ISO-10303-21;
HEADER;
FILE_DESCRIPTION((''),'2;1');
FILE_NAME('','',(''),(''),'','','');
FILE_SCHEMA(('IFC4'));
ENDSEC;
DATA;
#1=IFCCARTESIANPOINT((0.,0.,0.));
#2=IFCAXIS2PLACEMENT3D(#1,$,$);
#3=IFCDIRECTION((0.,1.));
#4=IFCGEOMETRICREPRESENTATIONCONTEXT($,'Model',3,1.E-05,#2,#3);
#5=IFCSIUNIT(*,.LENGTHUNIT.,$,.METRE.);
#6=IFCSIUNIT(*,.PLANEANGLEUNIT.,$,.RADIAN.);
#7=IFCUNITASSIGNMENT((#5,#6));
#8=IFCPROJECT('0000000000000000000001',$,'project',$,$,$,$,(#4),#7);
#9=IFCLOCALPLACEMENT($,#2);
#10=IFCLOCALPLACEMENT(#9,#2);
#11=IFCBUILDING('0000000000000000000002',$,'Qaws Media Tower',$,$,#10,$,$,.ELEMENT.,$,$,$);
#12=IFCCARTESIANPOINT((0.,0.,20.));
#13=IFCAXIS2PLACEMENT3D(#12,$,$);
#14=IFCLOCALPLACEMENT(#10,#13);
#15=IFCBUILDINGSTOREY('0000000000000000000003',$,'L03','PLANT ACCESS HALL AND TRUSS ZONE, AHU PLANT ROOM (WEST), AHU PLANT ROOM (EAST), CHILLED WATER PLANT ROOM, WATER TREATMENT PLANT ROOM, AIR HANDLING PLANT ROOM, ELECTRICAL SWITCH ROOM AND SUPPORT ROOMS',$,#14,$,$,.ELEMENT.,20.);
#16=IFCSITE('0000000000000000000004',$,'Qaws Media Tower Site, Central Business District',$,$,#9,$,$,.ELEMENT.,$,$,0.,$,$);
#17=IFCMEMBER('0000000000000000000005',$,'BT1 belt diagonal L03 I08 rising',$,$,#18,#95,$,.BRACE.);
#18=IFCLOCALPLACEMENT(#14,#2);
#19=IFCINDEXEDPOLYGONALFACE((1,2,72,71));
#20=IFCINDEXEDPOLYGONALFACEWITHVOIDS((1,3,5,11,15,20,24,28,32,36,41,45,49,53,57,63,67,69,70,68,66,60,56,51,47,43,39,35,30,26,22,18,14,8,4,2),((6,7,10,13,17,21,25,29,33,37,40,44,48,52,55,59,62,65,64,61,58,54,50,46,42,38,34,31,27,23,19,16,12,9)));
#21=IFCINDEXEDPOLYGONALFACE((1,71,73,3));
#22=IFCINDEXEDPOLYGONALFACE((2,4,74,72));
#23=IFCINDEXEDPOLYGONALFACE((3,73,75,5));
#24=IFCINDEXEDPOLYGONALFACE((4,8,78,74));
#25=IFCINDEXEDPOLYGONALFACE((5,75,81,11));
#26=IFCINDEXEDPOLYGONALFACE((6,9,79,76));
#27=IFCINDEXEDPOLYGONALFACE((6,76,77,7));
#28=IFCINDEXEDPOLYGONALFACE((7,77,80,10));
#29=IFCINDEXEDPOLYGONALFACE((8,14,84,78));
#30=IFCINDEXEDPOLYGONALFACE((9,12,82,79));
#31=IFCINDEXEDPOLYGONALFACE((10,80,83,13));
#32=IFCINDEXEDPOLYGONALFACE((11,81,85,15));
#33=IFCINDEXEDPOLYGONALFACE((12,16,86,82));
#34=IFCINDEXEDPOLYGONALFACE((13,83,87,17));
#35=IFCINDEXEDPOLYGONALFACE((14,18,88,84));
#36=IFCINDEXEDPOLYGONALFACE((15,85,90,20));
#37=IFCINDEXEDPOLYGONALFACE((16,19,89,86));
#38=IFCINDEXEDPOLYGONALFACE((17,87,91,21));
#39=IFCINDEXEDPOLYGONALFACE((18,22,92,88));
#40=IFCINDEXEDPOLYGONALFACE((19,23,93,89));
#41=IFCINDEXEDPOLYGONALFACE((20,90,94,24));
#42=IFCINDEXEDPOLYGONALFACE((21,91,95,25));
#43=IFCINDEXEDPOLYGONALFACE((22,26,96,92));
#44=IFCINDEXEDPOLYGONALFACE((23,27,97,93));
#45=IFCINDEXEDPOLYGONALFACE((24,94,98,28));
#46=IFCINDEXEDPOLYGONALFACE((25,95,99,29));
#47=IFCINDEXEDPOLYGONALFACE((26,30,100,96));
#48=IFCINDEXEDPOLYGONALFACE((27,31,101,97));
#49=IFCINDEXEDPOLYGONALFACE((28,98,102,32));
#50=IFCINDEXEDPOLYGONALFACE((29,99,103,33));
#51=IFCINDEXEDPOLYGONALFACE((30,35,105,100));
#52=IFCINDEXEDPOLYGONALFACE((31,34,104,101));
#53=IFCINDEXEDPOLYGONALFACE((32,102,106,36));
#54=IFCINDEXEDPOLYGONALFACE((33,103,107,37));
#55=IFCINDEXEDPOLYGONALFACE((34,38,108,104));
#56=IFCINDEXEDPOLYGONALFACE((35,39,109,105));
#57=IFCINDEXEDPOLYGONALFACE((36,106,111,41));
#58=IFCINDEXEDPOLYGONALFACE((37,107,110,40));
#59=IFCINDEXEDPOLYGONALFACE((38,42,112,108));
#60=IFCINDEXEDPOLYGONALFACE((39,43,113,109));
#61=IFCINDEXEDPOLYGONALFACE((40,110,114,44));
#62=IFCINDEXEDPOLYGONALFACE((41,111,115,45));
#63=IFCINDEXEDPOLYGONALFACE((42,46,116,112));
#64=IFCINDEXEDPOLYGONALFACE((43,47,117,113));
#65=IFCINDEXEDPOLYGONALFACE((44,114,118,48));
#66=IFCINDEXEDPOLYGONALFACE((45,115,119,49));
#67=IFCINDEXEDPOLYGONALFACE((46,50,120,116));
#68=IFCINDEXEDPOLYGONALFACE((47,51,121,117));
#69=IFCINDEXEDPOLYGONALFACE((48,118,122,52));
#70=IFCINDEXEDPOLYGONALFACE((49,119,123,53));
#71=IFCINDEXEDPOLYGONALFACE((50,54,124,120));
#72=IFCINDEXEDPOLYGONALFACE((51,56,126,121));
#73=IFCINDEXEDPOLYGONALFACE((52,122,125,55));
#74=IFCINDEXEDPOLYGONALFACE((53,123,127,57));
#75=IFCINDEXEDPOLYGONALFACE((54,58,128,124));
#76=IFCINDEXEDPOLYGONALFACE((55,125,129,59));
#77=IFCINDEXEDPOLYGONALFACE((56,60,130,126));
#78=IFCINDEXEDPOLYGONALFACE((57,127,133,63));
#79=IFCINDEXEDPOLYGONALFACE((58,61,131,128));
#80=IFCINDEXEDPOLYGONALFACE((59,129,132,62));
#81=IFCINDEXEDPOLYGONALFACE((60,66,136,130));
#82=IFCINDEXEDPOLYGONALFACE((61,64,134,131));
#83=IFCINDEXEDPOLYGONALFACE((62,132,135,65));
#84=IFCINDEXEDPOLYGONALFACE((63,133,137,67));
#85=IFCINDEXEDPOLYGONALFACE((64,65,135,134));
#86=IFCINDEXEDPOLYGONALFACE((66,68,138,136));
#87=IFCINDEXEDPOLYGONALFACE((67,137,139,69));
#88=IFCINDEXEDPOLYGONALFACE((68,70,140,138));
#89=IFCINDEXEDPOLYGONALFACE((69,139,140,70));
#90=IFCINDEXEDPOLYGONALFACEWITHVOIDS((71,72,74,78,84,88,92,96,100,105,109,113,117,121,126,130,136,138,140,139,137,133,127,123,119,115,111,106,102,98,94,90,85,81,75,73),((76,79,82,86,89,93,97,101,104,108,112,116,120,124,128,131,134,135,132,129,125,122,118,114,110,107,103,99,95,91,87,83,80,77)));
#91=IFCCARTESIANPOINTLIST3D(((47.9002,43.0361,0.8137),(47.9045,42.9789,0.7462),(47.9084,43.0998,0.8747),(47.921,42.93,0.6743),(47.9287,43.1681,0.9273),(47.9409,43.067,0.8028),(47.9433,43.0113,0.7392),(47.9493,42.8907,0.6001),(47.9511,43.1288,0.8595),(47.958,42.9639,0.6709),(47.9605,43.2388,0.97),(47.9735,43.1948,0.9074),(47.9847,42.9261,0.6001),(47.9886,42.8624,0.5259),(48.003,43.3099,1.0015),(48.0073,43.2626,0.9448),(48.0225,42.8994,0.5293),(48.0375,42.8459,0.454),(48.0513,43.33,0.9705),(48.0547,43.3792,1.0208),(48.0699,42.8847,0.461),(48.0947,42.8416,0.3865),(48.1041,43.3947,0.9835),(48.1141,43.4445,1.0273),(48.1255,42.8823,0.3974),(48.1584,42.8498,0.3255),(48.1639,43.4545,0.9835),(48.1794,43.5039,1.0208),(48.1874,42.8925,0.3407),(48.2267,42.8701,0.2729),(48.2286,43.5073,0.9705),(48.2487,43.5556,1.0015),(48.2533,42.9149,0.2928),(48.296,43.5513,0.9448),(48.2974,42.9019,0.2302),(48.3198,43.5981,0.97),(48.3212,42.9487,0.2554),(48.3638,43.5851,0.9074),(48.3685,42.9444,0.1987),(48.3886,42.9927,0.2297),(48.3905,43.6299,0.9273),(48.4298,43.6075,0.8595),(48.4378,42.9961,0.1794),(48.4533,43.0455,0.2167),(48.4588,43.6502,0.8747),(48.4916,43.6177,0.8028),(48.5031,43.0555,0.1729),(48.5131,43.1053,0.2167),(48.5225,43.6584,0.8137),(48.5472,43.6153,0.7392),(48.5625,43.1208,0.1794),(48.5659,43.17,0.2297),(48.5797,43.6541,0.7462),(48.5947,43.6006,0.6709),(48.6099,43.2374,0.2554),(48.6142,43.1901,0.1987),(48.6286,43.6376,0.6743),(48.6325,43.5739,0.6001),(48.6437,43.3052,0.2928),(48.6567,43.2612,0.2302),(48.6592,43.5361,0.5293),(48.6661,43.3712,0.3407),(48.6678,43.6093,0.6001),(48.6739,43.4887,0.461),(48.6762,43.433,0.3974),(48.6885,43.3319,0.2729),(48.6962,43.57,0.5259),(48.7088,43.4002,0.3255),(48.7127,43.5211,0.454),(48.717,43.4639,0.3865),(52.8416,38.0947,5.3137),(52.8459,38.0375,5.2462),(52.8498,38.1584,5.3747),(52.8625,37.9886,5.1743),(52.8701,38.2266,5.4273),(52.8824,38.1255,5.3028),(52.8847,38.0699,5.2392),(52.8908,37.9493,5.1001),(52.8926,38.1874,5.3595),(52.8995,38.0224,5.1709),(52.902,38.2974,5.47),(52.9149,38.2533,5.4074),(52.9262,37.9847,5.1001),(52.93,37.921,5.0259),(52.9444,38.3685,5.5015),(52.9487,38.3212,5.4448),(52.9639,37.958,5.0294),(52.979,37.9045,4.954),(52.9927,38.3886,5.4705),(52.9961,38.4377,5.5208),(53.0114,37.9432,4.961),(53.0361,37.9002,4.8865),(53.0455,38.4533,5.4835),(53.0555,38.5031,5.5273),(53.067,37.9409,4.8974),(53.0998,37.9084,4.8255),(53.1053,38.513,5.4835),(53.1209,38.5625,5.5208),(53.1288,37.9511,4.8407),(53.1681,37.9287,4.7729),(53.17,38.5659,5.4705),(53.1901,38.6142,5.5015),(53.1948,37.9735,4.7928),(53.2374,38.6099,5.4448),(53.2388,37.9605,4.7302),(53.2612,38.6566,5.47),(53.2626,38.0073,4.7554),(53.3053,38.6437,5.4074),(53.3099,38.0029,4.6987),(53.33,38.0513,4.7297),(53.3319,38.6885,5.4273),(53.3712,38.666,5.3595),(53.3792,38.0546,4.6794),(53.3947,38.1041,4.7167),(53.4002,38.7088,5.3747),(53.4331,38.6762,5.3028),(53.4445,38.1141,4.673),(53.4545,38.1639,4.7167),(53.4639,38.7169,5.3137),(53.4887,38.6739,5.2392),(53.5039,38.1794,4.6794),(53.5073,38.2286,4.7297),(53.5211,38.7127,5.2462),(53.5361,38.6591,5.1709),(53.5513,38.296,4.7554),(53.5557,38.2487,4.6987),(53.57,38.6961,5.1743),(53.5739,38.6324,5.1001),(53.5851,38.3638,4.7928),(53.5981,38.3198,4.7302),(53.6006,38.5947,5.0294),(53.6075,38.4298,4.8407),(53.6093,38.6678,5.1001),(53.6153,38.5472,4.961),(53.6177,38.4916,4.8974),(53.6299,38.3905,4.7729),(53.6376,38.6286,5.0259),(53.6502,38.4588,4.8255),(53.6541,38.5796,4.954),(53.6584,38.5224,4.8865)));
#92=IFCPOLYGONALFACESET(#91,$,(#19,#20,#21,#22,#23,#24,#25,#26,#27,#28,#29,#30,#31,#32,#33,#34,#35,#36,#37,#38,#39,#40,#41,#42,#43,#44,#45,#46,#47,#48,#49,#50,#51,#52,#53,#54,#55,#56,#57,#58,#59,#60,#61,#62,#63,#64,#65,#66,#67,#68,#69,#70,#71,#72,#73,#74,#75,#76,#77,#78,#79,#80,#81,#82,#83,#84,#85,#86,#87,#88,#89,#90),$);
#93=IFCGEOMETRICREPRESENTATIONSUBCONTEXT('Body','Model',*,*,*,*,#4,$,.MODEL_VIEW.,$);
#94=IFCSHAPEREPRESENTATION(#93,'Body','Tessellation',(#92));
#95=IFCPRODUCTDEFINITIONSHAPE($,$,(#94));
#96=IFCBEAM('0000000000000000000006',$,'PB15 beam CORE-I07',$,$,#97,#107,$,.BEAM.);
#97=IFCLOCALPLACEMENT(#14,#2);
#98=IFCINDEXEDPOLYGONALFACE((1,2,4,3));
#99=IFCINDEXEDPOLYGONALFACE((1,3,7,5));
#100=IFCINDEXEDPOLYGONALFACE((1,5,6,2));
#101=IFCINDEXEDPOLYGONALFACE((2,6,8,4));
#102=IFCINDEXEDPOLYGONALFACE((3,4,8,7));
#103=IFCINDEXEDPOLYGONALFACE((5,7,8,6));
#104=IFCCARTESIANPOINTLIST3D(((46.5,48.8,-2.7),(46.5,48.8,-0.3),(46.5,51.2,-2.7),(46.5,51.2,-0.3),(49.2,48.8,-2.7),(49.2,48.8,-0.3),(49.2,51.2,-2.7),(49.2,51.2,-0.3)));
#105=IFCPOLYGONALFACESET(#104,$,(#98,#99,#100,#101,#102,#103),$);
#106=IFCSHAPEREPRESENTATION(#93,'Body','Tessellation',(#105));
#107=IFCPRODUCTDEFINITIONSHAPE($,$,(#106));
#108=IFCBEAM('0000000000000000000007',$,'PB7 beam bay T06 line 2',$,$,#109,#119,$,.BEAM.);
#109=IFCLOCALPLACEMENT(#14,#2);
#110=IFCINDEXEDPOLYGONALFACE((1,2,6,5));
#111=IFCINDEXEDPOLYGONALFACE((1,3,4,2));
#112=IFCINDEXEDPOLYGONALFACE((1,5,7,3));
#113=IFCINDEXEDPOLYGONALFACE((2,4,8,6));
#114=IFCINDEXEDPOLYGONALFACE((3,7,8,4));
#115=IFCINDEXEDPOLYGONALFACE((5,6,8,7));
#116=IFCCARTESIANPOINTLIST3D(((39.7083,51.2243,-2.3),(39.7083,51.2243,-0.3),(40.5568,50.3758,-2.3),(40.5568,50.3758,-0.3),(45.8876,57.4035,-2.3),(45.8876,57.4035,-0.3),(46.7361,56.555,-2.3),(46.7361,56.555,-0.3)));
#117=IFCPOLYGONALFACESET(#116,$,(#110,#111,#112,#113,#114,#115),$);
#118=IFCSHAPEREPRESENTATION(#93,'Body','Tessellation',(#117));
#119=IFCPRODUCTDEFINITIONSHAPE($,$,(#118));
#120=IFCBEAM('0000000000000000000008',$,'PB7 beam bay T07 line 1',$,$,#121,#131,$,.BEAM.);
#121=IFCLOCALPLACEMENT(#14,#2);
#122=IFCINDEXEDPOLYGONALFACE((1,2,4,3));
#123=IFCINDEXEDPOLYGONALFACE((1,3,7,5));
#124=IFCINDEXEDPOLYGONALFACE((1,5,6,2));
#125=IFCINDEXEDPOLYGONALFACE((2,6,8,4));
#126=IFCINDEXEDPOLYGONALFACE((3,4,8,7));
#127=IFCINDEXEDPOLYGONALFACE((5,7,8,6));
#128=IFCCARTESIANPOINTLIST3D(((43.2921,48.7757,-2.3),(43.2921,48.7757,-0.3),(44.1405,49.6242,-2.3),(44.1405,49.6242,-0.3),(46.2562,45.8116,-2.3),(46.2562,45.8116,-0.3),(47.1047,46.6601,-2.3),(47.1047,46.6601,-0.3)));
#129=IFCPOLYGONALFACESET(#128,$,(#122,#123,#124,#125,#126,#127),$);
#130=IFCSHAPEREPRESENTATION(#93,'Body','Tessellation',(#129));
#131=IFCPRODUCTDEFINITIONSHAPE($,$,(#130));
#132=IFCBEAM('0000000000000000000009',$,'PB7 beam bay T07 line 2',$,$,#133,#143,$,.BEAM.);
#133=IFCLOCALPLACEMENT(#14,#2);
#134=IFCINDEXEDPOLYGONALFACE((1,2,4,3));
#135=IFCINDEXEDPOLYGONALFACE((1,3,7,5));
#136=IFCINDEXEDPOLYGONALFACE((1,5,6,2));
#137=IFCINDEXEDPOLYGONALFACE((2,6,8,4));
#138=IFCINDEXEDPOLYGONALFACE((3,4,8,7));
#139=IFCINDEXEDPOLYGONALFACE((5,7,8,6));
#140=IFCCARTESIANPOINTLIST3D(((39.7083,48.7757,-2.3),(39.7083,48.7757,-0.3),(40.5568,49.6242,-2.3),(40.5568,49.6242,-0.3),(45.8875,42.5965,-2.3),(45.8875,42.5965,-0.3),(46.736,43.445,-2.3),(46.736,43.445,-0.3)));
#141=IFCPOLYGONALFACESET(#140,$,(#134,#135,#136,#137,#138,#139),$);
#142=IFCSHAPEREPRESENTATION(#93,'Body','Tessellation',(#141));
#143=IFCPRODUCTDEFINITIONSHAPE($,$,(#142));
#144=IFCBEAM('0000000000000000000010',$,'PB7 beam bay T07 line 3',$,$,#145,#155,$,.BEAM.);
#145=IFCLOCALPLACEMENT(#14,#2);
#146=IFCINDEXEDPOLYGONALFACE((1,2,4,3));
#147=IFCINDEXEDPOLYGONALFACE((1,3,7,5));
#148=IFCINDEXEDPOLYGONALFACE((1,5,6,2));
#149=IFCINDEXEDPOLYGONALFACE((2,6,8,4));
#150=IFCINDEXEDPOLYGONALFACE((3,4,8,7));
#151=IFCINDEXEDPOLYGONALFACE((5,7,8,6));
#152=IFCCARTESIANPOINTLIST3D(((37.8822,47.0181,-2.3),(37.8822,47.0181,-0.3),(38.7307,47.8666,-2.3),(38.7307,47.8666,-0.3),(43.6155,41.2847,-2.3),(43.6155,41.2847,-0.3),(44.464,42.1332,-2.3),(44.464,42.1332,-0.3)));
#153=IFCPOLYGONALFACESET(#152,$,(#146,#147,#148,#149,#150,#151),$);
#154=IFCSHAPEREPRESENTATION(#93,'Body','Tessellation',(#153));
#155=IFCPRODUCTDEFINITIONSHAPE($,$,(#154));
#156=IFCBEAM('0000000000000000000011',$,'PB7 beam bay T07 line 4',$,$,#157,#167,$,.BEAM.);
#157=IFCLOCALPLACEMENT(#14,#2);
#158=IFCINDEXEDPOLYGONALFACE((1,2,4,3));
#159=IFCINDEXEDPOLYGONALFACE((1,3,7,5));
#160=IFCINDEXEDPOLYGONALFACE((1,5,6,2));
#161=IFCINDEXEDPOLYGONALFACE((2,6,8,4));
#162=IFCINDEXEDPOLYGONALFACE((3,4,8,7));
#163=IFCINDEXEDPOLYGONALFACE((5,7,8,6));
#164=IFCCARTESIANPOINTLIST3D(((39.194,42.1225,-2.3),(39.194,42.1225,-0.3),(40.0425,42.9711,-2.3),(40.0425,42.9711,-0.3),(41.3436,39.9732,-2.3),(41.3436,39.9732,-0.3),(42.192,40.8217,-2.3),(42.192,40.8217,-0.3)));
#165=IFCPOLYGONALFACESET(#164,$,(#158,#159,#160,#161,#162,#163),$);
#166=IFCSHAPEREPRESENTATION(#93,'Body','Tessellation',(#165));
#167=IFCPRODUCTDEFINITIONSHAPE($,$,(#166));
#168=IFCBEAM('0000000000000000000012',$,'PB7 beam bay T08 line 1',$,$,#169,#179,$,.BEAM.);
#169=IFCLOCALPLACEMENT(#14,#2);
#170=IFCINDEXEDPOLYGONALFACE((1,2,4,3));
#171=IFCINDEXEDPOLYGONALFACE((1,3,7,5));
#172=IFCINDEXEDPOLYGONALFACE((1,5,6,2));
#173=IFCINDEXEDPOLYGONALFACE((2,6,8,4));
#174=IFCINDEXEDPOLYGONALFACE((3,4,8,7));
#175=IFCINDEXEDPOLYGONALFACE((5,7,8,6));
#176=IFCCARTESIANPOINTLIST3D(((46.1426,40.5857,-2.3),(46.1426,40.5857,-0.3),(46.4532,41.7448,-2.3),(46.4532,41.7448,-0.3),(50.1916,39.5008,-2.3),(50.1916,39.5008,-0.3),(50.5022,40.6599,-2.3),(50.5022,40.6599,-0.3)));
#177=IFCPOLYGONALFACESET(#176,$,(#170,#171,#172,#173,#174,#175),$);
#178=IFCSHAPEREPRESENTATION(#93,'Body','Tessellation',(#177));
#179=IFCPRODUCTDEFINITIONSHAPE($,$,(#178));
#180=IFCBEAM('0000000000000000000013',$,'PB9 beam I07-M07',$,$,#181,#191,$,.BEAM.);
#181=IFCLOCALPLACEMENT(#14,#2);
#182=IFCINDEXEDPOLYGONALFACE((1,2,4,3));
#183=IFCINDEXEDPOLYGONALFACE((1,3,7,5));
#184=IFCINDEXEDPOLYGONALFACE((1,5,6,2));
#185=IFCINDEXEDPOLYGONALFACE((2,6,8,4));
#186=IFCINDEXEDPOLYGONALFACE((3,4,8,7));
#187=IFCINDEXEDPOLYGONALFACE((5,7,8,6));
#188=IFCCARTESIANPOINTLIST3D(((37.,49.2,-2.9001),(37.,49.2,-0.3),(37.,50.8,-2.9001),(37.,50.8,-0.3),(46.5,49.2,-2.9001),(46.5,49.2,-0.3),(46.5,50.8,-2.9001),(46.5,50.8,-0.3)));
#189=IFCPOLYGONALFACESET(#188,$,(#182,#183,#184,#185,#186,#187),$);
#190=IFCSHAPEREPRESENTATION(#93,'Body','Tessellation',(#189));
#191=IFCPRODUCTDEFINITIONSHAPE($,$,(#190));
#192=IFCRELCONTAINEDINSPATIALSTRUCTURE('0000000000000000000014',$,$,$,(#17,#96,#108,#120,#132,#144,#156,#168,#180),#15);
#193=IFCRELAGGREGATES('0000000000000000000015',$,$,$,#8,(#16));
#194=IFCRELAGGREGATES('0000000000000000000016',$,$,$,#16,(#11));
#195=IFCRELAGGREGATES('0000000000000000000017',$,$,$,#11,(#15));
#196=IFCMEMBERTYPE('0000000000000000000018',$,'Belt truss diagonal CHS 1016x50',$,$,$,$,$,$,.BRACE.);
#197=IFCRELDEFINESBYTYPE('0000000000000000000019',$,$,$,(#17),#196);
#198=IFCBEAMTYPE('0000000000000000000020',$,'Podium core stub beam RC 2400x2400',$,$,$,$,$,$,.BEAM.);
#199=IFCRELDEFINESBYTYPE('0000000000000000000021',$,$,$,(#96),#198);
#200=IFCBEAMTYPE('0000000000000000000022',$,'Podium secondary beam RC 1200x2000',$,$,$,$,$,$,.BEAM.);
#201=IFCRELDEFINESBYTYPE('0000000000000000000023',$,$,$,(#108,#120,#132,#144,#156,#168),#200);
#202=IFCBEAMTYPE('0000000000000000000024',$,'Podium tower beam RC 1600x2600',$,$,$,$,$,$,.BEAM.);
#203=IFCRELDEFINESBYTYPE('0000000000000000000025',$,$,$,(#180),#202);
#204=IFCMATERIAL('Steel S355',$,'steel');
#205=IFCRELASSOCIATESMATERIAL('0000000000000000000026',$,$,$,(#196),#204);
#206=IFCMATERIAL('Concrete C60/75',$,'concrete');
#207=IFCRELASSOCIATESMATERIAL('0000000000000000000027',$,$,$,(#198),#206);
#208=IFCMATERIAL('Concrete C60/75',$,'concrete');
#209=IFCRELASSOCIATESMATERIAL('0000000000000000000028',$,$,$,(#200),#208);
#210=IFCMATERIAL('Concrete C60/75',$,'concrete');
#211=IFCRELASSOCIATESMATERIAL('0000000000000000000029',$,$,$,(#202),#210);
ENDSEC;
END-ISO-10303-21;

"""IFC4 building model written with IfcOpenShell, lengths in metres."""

from ifc_helpers import new_model, si_unit, direction, frame, origin, origin_2d, place, context, subcontext, project, spatial, rectangle, hollow_circle, extrude, material, material_profile, profile_set, type_object, element, save


model = new_model("IFC4")

# Units and contexts
model_context = context("Model", 3, precision=1e-05, world=origin(), true_north=direction((0.0, 1.0)))
body_context = subcontext(model_context, "Body", "Model", "MODEL_VIEW")
ifc_project = project(units=[si_unit("LENGTHUNIT", "METRE"), si_unit("PLANEANGLEUNIT", "RADIAN")], contexts=[model_context])

# Site, building, storey
site_placement = place(None, origin())
site = spatial("IfcSite", under=ifc_project, at=site_placement, Name="Qaws Media Tower Site, Central Business District", CompositionType="ELEMENT", RefElevation=0.0)
building_placement = place(site_placement, origin())
building = spatial("IfcBuilding", under=site, at=building_placement, Name="Qaws Media Tower", CompositionType="ELEMENT")
storey_placement = place(building_placement, frame((0.0, 0.0, 20.0)))
storey = spatial("IfcBuildingStorey", under=building, at=storey_placement, Name="L03", Description="PLANT ACCESS HALL AND TRUSS ZONE, AHU PLANT ROOM (WEST), AHU PLANT ROOM (EAST), CHILLED WATER PLANT ROOM, WATER TREATMENT PLANT ROOM, AIR HANDLING PLANT ROOM, ELECTRICAL SWITCH ROOM AND SUPPORT ROOMS", CompositionType="ELEMENT", Elevation=20.0)

# Member
ifc_material_1 = material(Name="Steel S355", Category="steel")
ifc_material_profile_1 = material_profile(ifc_material_1, hollow_circle(Radius=0.5081, WallThickness=0.05, at=origin_2d()), Name="CHS 1016x50")
ifc_profile_set_1 = profile_set([ifc_material_profile_1], Name="Steel S355")
member_type = type_object("IfcMemberType", Name="Belt truss diagonal CHS 1016x50", PredefinedType="BRACE", material=ifc_profile_set_1)
for number, where, z_axis, x_axis, name in (
    (1, (48.3086, 43.25, 0.6001), (0.594509, -0.594509, 0.541403), (0.707107, 0.707107, 0.0), "BT1 belt diagonal L03 I08 rising"),
):
    element("IfcMember", number, at=place(storey_placement, frame(where, z_axis=z_axis, x_axis=x_axis)), inside=storey, type_object=member_type, Name=name, PredefinedType="BRACE", context=body_context, shape_type="SweptSolid", body=[
        extrude(hollow_circle(Radius=0.5081, WallThickness=0.05, at=origin_2d()), origin(), (0.0, 0.0, 1.0), 8.3118),
    ])

# Beams
ifc_material_2 = material(Name="Concrete C60/75", Category="concrete")
ifc_material_profile_2 = material_profile(ifc_material_2, rectangle(XDim=2.3999, YDim=2.3999, at=origin_2d()), Name="RC 2400x2400")
ifc_profile_set_2 = profile_set([ifc_material_profile_2], Name="Concrete C60/75")
beam_type_1 = type_object("IfcBeamType", Name="Podium core stub beam RC 2400x2400", PredefinedType="BEAM", material=ifc_profile_set_2)
beam_1_placement = place(storey_placement, frame((49.2, 50.0, -1.5), z_axis=(-1.0, 0.0, 0.0), x_axis=(0.0, -1.0, 0.0)))
element("IfcBeam", 2, at=beam_1_placement, inside=storey, type_object=beam_type_1, Name="PB15 beam CORE-I07", PredefinedType="BEAM", context=body_context, shape_type="SweptSolid", body=[
    extrude(rectangle(XDim=2.3999, YDim=2.3999, at=origin_2d()), origin(), (0.0, 0.0, 1.0), 2.7),
])
ifc_material_3 = material(Name="Concrete C60/75", Category="concrete")
ifc_material_profile_3 = material_profile(ifc_material_3, rectangle(XDim=1.2, YDim=2.0, at=origin_2d()), Name="RC 1200x2000")
ifc_profile_set_3 = profile_set([ifc_material_profile_3], Name="Concrete C60/75")
beam_type_2 = type_object("IfcBeamType", Name="Podium secondary beam RC 1200x2000", PredefinedType="BEAM", material=ifc_profile_set_3)
beam_2_placement = place(storey_placement, frame((40.1326, 50.8, -1.3), z_axis=(0.707107, 0.707107, 0.0), x_axis=(-0.707107, 0.707107, 0.0)))
element("IfcBeam", 3, at=beam_2_placement, inside=storey, type_object=beam_type_2, Name="PB7 beam bay T06 line 2", PredefinedType="BEAM", context=body_context, shape_type="SweptSolid", body=[
    extrude(rectangle(XDim=1.2, YDim=2.0, at=origin_2d()), origin(), (0.0, 0.0, 1.0), 8.7388),
])
beam_3_placement = place(storey_placement, frame((46.6804, 46.2358, -1.3), z_axis=(-0.707107, 0.707107, 0.0), x_axis=(-0.707107, -0.707107, 0.0)))
element("IfcBeam", 4, at=beam_3_placement, inside=storey, type_object=beam_type_2, Name="PB7 beam bay T07 line 1", PredefinedType="BEAM", context=body_context, shape_type="SweptSolid", body=[
    extrude(rectangle(XDim=1.2, YDim=2.0, at=origin_2d()), origin(), (0.0, 0.0, 1.0), 4.1919),
])
beam_4_placement = place(storey_placement, frame((46.3118, 43.0208, -1.3), z_axis=(-0.707107, 0.707107, 0.0), x_axis=(-0.707107, -0.707107, 0.0)))
element("IfcBeam", 5, at=beam_4_placement, inside=storey, type_object=beam_type_2, Name="PB7 beam bay T07 line 2", PredefinedType="BEAM", context=body_context, shape_type="SweptSolid", body=[
    extrude(rectangle(XDim=1.2, YDim=2.0, at=origin_2d()), origin(), (0.0, 0.0, 1.0), 8.7388),
])
beam_5_placement = place(storey_placement, frame((44.0398, 41.709, -1.3), z_axis=(-0.707107, 0.707107, 0.0), x_axis=(-0.707107, -0.707107, 0.0)))
element("IfcBeam", 6, at=beam_5_placement, inside=storey, type_object=beam_type_2, Name="PB7 beam bay T07 line 3", PredefinedType="BEAM", context=body_context, shape_type="SweptSolid", body=[
    extrude(rectangle(XDim=1.2, YDim=2.0, at=origin_2d()), origin(), (0.0, 0.0, 1.0), 8.1082),
])
beam_6_placement = place(storey_placement, frame((41.7678, 40.3975, -1.3), z_axis=(-0.707147, 0.707067, 0.0), x_axis=(-0.707067, -0.707147, 0.0)))
element("IfcBeam", 7, at=beam_6_placement, inside=storey, type_object=beam_type_2, Name="PB7 beam bay T07 line 4", PredefinedType="BEAM", context=body_context, shape_type="SweptSolid", body=[
    extrude(rectangle(XDim=1.2, YDim=2.0, at=origin_2d()), origin(), (0.0, 0.0, 1.0), 3.0398),
])
beam_7_placement = place(storey_placement, frame((50.3469, 40.0803, -1.3), z_axis=(-0.965925, 0.258822, 0.0), x_axis=(-0.258822, -0.965925, 0.0)))
element("IfcBeam", 8, at=beam_7_placement, inside=storey, type_object=beam_type_2, Name="PB7 beam bay T08 line 1", PredefinedType="BEAM", context=body_context, shape_type="SweptSolid", body=[
    extrude(rectangle(XDim=1.2, YDim=2.0, at=origin_2d()), origin(), (0.0, 0.0, 1.0), 4.1919),
])
ifc_material_4 = material(Name="Concrete C60/75", Category="concrete")
ifc_material_profile_4 = material_profile(ifc_material_4, rectangle(XDim=1.6001, YDim=2.6001, at=origin_2d()), Name="RC 1600x2600")
ifc_profile_set_4 = profile_set([ifc_material_profile_4], Name="Concrete C60/75")
beam_type_3 = type_object("IfcBeamType", Name="Podium tower beam RC 1600x2600", PredefinedType="BEAM", material=ifc_profile_set_4)
beam_8_placement = place(storey_placement, frame((46.5, 50.0, -1.6001), z_axis=(-1.0, 0.0, 0.0), x_axis=(0.0, -1.0, 0.0)))
element("IfcBeam", 9, at=beam_8_placement, inside=storey, type_object=beam_type_3, Name="PB9 beam I07-M07", PredefinedType="BEAM", context=body_context, shape_type="SweptSolid", body=[
    extrude(rectangle(XDim=1.6001, YDim=2.6001, at=origin_2d()), origin(), (0.0, 0.0, 1.0), 9.5),
])

save(model, "model.ifc")
